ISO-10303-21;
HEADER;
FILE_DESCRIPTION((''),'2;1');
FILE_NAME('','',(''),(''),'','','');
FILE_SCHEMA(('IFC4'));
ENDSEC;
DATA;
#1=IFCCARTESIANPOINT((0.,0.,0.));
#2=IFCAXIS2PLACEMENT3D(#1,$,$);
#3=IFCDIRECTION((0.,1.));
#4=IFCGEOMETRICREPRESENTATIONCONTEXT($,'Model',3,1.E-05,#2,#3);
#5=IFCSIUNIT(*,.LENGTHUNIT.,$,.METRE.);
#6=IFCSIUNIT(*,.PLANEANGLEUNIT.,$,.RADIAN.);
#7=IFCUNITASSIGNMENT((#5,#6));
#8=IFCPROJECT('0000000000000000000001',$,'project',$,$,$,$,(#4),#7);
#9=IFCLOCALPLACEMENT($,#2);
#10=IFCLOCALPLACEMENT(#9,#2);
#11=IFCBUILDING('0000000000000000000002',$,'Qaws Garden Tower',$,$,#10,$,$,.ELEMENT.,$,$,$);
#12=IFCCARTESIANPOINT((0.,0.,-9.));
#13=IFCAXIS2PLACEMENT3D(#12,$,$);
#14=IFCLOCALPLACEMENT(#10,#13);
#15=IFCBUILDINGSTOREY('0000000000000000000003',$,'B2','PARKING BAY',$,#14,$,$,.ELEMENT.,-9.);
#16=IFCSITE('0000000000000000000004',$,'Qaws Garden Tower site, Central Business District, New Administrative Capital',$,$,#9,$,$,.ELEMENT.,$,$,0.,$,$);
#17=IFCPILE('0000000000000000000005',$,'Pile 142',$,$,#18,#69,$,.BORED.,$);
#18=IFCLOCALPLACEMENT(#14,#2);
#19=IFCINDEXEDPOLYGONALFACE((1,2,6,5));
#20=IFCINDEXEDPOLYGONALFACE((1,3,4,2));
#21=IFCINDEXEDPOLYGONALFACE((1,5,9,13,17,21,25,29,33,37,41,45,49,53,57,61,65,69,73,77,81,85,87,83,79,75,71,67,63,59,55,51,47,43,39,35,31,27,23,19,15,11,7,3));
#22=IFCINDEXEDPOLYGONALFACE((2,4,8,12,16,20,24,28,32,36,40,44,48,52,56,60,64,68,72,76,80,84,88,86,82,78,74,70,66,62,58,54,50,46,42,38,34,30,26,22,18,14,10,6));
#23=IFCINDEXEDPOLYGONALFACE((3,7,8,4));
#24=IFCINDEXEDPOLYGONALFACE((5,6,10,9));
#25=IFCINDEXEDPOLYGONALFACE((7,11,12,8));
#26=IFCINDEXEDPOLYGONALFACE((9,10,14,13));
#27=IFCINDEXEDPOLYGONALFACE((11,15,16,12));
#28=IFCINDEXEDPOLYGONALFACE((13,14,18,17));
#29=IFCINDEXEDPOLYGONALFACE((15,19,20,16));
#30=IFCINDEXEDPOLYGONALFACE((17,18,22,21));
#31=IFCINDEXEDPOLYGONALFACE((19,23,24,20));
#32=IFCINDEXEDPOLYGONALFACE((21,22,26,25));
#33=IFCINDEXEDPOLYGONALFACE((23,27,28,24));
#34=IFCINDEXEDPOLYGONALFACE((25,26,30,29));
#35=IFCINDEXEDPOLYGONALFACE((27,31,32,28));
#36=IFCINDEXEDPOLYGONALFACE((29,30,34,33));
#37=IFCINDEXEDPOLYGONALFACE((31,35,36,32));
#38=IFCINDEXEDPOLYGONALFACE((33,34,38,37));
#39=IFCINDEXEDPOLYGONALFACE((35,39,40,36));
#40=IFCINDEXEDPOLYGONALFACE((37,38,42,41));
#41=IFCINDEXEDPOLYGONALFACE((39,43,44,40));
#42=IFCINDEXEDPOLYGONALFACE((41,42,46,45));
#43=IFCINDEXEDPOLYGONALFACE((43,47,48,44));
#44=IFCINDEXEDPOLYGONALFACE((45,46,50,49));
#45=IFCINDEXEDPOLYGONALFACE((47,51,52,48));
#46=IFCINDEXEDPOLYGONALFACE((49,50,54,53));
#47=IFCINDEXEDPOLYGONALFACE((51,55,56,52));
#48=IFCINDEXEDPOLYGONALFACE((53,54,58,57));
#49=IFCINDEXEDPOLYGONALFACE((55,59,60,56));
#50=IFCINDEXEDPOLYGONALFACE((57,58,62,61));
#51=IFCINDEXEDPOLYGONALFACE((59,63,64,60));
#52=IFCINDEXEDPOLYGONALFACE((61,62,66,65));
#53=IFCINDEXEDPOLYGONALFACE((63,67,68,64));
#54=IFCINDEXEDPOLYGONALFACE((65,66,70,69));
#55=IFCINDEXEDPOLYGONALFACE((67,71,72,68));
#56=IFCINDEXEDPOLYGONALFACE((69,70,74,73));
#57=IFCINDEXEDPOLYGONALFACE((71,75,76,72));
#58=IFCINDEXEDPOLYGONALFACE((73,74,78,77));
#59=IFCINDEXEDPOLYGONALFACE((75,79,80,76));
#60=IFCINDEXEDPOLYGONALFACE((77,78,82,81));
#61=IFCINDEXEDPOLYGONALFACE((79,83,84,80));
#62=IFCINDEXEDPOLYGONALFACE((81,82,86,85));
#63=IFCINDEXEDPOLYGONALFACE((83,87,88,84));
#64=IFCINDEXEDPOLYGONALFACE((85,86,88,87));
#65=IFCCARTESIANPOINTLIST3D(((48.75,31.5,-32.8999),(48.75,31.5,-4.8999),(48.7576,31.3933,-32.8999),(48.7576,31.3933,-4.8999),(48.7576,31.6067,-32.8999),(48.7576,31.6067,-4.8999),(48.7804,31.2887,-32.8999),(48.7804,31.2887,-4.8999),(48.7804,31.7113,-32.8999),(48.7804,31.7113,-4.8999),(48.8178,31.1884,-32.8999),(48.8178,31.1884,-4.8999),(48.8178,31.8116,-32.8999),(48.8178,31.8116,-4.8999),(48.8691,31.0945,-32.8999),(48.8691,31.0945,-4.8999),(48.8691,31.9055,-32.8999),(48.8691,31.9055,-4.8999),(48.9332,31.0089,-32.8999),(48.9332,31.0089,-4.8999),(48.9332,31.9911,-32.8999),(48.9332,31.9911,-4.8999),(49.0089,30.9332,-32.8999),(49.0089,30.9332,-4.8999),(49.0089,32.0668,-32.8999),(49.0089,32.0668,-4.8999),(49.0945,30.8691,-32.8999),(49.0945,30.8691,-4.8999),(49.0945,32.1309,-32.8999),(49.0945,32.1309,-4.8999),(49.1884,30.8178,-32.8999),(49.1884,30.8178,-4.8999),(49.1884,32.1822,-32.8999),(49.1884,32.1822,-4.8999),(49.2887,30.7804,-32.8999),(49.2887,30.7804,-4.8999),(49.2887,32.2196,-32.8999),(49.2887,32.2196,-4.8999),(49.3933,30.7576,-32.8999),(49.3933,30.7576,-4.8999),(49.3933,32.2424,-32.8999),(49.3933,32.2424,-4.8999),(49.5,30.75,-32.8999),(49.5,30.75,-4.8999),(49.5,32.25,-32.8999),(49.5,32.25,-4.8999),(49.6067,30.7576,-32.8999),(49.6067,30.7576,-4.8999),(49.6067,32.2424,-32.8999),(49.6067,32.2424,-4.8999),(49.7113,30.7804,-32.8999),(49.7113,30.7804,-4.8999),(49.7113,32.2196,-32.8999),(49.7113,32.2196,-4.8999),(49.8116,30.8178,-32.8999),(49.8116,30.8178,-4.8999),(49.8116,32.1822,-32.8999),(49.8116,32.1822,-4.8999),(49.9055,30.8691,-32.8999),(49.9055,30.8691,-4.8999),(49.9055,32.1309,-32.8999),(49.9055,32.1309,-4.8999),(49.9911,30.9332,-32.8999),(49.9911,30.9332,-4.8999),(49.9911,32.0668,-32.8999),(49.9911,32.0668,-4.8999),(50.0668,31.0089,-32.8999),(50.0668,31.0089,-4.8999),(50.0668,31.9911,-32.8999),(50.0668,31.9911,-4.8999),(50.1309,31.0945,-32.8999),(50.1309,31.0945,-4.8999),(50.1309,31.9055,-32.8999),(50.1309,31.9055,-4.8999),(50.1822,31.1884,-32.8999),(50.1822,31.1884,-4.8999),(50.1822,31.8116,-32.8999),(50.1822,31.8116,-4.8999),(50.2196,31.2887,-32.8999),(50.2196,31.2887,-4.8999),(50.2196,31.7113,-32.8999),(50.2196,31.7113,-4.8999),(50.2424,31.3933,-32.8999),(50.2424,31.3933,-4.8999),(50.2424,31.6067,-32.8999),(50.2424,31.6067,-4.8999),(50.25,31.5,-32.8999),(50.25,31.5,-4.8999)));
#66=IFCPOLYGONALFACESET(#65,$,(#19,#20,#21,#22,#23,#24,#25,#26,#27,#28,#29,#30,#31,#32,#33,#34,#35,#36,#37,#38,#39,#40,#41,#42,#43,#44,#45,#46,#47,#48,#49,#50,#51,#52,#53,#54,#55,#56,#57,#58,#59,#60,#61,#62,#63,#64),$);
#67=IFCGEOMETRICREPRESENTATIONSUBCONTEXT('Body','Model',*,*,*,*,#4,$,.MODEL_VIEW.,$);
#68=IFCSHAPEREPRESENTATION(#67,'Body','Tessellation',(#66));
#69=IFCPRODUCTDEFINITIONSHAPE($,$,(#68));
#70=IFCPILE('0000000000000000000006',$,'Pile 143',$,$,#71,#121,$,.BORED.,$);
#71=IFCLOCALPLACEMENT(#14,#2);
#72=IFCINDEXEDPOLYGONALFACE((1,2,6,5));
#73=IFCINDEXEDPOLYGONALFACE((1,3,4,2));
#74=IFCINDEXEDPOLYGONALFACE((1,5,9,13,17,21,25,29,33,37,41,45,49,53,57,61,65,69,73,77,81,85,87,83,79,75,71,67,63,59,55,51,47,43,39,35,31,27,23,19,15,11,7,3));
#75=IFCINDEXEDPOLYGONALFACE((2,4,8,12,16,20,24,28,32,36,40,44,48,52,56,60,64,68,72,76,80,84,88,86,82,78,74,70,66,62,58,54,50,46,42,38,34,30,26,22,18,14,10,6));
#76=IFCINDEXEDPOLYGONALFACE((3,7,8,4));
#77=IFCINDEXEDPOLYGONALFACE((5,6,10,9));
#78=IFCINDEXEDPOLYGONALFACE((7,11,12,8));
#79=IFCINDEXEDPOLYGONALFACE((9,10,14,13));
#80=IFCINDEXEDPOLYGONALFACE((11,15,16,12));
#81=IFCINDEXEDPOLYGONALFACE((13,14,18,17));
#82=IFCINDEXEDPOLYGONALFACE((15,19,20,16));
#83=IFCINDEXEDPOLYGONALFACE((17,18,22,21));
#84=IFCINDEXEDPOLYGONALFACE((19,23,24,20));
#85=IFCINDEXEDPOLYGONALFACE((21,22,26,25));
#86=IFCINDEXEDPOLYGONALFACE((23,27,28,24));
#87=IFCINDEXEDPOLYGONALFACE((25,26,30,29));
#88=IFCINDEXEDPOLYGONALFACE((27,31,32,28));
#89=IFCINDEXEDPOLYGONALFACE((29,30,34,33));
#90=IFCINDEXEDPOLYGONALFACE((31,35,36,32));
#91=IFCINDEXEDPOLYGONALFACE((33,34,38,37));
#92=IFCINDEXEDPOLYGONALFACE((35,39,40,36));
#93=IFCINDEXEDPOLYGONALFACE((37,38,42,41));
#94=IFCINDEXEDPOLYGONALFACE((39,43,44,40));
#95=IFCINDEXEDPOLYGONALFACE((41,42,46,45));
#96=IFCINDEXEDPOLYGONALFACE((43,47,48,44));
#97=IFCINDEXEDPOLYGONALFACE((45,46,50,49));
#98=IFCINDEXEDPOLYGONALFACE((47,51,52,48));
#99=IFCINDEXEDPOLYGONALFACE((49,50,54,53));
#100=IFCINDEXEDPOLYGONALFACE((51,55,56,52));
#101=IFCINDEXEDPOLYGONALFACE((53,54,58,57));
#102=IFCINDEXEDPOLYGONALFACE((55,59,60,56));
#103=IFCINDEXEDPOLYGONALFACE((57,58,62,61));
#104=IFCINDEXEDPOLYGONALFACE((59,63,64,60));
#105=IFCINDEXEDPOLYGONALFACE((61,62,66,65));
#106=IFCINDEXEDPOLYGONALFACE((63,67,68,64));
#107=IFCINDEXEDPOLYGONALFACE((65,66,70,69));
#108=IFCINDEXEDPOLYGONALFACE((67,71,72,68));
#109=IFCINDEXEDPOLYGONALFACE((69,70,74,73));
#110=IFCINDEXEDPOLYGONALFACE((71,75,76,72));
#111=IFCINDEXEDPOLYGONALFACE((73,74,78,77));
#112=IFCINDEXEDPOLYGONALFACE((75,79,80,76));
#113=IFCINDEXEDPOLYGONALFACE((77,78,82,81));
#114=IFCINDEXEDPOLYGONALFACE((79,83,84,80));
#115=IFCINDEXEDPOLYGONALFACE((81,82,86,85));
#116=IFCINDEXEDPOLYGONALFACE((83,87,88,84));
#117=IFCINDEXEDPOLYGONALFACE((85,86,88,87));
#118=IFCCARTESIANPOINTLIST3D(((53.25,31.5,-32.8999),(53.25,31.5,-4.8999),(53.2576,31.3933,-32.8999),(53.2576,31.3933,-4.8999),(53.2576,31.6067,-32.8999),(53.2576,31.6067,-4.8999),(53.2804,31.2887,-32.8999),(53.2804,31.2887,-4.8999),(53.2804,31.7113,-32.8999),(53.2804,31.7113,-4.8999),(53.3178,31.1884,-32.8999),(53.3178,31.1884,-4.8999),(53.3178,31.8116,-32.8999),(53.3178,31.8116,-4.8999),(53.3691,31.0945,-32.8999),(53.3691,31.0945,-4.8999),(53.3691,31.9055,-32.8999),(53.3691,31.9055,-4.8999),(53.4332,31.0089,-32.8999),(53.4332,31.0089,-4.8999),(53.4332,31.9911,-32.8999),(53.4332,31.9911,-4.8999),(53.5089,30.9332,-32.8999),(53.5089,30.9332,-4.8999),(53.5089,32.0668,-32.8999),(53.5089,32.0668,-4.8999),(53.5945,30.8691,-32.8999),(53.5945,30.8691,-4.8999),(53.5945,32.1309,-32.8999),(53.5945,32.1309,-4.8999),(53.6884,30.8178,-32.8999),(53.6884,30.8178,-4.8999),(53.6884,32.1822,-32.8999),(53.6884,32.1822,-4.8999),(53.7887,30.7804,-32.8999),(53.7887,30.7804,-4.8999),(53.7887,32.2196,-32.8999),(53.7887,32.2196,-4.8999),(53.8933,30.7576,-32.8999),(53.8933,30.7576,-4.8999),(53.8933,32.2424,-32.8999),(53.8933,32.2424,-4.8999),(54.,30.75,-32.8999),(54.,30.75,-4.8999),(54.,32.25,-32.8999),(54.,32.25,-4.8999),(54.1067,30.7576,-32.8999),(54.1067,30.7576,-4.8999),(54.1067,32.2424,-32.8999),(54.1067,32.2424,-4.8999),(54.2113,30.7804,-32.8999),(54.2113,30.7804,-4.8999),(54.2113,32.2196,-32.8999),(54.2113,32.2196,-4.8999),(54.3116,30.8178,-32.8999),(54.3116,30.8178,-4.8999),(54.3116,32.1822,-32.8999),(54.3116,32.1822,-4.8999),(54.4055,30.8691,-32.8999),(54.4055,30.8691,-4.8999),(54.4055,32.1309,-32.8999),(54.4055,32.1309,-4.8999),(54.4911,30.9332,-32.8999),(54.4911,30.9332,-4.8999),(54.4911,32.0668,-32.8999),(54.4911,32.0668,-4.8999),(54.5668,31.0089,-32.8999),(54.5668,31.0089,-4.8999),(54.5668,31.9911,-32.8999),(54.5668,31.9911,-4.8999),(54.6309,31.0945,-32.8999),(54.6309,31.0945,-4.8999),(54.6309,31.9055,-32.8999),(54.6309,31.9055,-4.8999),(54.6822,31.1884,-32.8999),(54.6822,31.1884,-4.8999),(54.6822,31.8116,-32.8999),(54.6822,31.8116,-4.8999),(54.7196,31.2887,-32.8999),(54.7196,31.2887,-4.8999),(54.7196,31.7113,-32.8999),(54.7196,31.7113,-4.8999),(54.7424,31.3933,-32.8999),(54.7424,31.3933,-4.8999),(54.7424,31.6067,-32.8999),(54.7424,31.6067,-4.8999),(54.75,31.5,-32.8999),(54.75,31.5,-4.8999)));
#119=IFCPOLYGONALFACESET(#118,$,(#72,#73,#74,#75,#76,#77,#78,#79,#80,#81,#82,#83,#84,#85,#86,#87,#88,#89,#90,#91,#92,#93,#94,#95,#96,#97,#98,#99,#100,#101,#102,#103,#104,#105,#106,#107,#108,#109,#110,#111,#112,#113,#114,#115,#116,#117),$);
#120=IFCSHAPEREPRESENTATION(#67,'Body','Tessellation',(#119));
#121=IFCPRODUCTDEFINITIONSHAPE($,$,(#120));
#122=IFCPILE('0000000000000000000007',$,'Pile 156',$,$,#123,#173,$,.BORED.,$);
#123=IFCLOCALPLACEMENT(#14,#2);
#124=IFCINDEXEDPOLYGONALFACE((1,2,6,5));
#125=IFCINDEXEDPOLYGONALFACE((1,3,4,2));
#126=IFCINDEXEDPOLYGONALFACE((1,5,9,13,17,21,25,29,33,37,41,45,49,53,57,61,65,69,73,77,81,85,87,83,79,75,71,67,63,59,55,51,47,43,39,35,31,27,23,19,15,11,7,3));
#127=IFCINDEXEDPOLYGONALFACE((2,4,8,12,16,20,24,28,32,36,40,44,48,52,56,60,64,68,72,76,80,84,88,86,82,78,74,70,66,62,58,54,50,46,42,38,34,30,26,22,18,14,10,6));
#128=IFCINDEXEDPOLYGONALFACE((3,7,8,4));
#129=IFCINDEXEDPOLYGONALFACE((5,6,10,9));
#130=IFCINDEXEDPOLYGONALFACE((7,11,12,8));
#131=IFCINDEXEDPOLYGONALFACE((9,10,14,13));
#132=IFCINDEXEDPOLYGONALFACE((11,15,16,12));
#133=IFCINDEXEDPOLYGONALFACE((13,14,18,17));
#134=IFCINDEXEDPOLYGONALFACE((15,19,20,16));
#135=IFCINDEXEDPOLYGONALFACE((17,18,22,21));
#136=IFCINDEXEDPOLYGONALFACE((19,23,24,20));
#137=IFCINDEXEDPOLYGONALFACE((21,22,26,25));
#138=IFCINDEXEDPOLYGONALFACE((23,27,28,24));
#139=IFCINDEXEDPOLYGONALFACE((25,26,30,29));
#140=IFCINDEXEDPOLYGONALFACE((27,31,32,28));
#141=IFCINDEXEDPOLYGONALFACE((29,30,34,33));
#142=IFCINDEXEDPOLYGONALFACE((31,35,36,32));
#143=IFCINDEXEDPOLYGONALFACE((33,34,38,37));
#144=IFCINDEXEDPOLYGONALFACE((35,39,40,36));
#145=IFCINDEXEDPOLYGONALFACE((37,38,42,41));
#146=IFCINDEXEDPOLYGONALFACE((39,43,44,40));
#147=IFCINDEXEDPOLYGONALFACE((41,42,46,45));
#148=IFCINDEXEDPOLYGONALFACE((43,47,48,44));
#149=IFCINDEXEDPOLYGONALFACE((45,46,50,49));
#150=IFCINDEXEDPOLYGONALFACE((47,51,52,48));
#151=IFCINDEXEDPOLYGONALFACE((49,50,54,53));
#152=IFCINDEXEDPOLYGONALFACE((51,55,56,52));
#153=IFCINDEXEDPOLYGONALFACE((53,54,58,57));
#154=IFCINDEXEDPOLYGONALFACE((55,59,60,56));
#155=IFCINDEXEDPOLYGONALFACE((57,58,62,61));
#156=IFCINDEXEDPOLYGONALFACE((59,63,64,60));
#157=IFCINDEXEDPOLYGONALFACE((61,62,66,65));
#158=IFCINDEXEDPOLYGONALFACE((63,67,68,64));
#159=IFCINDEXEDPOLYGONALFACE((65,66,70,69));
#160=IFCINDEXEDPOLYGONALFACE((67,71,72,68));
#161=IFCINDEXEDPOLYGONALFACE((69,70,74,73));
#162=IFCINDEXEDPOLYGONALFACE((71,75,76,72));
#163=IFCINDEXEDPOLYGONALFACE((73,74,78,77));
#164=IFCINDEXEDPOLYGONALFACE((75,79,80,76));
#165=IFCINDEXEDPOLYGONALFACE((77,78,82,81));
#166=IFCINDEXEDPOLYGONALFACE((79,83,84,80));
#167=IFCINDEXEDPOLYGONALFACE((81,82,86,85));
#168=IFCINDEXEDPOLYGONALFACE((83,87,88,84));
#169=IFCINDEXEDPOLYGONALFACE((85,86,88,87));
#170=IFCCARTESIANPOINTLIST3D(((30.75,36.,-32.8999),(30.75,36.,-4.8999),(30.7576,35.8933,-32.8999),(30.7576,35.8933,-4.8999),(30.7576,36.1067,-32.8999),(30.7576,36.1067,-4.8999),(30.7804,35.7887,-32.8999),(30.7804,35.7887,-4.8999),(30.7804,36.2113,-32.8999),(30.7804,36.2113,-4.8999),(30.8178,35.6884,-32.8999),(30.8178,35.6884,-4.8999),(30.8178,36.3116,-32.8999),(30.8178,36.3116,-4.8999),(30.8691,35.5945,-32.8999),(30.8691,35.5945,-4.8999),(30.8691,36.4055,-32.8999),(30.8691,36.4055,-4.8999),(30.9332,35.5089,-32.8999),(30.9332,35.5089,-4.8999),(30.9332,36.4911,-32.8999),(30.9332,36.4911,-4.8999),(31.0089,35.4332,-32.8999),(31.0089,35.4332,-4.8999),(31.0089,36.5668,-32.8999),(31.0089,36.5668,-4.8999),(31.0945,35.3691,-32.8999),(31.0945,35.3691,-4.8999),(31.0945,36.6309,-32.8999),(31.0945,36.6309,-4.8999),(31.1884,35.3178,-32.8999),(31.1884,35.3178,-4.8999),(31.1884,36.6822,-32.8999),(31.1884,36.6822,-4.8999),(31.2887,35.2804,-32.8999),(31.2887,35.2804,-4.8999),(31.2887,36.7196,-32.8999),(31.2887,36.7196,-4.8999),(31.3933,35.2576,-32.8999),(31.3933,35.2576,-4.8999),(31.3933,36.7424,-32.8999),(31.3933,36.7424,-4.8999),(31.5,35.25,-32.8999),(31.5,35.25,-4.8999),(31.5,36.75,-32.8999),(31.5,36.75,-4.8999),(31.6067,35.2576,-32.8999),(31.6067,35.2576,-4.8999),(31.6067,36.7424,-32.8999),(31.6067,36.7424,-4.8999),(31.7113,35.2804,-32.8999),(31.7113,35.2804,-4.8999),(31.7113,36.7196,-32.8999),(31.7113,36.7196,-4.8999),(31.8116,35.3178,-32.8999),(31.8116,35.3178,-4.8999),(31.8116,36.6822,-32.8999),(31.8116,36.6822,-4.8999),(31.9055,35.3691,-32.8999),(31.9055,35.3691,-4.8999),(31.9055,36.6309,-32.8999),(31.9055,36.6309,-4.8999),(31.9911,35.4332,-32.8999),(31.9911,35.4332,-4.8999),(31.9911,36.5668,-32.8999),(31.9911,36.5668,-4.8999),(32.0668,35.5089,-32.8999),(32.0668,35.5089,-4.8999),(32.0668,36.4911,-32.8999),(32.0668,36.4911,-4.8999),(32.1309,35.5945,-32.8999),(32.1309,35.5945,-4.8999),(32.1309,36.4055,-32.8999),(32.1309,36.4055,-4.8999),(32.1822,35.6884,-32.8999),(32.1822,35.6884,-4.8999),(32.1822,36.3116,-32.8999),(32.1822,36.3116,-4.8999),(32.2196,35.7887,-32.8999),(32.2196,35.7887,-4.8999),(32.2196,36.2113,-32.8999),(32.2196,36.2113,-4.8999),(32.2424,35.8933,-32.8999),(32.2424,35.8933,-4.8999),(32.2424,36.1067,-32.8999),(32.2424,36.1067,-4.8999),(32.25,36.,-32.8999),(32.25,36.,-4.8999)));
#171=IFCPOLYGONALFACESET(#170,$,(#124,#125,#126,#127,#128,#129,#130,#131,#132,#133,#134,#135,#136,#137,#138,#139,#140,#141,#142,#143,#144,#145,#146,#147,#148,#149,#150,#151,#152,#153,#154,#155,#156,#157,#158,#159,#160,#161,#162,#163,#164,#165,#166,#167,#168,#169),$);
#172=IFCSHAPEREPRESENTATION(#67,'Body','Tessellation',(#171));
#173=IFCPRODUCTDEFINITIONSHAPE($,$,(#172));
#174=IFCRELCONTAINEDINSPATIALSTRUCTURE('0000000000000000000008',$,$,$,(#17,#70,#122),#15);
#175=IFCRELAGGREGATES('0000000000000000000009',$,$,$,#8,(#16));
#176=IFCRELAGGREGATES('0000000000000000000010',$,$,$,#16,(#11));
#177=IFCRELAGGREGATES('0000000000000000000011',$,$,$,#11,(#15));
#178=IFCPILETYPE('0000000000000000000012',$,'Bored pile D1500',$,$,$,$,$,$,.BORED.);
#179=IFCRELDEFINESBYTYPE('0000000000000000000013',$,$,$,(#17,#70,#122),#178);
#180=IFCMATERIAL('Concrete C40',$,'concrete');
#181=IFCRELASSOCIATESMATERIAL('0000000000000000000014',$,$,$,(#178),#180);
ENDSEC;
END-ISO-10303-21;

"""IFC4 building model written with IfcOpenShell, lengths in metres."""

from ifc_helpers import new_model, si_unit, direction, frame, origin, origin_2d, place, context, subcontext, project, spatial, circle, extrude, material, material_profile, profile_set, type_object, element, save


model = new_model("IFC4")

# Units and contexts
model_context = context("Model", 3, precision=1e-05, world=origin(), true_north=direction((0.0, 1.0)))
body_context = subcontext(model_context, "Body", "Model", "MODEL_VIEW")
ifc_project = project(units=[si_unit("LENGTHUNIT", "METRE"), si_unit("PLANEANGLEUNIT", "RADIAN")], contexts=[model_context])

# Site, building, storey
site_placement = place(None, origin())
site = spatial("IfcSite", under=ifc_project, at=site_placement, Name="Qaws Garden Tower site, Central Business District, New Administrative Capital", CompositionType="ELEMENT", RefElevation=0.0)
building_placement = place(site_placement, origin())
building = spatial("IfcBuilding", under=site, at=building_placement, Name="Qaws Garden Tower", CompositionType="ELEMENT")
storey_placement = place(building_placement, frame((0.0, 0.0, -9.0)))
storey = spatial("IfcBuildingStorey", under=building, at=storey_placement, Name="B2", Description="PARKING BAY", CompositionType="ELEMENT", Elevation=-9.0)

# Piles
ifc_material_1 = material(Name="Concrete C40", Category="concrete")
ifc_material_profile_1 = material_profile(ifc_material_1, circle(Radius=0.75, at=origin_2d()), Name="Bored pile D1500")
ifc_profile_set_1 = profile_set([ifc_material_profile_1], Name="Concrete C40")
pile_type = type_object("IfcPileType", Name="Bored pile D1500", PredefinedType="BORED", material=ifc_profile_set_1)
for number, where, z_axis, x_axis, name in (
    (1, (49.5, 31.5, -4.8999), (0.0, 0.0, -1.0), (1.0, 0.0, 0.0), "Pile 142"),
    (2, (54.0, 31.5, -4.8999), (0.0, 0.0, -1.0), (1.0, 0.0, 0.0), "Pile 143"),
    (3, (31.5, 36.0, -4.8999), (0.0, 0.0, -1.0), (1.0, 0.0, 0.0), "Pile 156"),
):
    element("IfcPile", number, at=place(storey_placement, frame(where, z_axis=z_axis, x_axis=x_axis)), inside=storey, type_object=pile_type, Name=name, PredefinedType="BORED", context=body_context, shape_type="SweptSolid", body=[
        extrude(circle(Radius=0.75, at=origin_2d()), origin(), (0.0, 0.0, 1.0), 28.0),
    ])

save(model, "model.ifc")
